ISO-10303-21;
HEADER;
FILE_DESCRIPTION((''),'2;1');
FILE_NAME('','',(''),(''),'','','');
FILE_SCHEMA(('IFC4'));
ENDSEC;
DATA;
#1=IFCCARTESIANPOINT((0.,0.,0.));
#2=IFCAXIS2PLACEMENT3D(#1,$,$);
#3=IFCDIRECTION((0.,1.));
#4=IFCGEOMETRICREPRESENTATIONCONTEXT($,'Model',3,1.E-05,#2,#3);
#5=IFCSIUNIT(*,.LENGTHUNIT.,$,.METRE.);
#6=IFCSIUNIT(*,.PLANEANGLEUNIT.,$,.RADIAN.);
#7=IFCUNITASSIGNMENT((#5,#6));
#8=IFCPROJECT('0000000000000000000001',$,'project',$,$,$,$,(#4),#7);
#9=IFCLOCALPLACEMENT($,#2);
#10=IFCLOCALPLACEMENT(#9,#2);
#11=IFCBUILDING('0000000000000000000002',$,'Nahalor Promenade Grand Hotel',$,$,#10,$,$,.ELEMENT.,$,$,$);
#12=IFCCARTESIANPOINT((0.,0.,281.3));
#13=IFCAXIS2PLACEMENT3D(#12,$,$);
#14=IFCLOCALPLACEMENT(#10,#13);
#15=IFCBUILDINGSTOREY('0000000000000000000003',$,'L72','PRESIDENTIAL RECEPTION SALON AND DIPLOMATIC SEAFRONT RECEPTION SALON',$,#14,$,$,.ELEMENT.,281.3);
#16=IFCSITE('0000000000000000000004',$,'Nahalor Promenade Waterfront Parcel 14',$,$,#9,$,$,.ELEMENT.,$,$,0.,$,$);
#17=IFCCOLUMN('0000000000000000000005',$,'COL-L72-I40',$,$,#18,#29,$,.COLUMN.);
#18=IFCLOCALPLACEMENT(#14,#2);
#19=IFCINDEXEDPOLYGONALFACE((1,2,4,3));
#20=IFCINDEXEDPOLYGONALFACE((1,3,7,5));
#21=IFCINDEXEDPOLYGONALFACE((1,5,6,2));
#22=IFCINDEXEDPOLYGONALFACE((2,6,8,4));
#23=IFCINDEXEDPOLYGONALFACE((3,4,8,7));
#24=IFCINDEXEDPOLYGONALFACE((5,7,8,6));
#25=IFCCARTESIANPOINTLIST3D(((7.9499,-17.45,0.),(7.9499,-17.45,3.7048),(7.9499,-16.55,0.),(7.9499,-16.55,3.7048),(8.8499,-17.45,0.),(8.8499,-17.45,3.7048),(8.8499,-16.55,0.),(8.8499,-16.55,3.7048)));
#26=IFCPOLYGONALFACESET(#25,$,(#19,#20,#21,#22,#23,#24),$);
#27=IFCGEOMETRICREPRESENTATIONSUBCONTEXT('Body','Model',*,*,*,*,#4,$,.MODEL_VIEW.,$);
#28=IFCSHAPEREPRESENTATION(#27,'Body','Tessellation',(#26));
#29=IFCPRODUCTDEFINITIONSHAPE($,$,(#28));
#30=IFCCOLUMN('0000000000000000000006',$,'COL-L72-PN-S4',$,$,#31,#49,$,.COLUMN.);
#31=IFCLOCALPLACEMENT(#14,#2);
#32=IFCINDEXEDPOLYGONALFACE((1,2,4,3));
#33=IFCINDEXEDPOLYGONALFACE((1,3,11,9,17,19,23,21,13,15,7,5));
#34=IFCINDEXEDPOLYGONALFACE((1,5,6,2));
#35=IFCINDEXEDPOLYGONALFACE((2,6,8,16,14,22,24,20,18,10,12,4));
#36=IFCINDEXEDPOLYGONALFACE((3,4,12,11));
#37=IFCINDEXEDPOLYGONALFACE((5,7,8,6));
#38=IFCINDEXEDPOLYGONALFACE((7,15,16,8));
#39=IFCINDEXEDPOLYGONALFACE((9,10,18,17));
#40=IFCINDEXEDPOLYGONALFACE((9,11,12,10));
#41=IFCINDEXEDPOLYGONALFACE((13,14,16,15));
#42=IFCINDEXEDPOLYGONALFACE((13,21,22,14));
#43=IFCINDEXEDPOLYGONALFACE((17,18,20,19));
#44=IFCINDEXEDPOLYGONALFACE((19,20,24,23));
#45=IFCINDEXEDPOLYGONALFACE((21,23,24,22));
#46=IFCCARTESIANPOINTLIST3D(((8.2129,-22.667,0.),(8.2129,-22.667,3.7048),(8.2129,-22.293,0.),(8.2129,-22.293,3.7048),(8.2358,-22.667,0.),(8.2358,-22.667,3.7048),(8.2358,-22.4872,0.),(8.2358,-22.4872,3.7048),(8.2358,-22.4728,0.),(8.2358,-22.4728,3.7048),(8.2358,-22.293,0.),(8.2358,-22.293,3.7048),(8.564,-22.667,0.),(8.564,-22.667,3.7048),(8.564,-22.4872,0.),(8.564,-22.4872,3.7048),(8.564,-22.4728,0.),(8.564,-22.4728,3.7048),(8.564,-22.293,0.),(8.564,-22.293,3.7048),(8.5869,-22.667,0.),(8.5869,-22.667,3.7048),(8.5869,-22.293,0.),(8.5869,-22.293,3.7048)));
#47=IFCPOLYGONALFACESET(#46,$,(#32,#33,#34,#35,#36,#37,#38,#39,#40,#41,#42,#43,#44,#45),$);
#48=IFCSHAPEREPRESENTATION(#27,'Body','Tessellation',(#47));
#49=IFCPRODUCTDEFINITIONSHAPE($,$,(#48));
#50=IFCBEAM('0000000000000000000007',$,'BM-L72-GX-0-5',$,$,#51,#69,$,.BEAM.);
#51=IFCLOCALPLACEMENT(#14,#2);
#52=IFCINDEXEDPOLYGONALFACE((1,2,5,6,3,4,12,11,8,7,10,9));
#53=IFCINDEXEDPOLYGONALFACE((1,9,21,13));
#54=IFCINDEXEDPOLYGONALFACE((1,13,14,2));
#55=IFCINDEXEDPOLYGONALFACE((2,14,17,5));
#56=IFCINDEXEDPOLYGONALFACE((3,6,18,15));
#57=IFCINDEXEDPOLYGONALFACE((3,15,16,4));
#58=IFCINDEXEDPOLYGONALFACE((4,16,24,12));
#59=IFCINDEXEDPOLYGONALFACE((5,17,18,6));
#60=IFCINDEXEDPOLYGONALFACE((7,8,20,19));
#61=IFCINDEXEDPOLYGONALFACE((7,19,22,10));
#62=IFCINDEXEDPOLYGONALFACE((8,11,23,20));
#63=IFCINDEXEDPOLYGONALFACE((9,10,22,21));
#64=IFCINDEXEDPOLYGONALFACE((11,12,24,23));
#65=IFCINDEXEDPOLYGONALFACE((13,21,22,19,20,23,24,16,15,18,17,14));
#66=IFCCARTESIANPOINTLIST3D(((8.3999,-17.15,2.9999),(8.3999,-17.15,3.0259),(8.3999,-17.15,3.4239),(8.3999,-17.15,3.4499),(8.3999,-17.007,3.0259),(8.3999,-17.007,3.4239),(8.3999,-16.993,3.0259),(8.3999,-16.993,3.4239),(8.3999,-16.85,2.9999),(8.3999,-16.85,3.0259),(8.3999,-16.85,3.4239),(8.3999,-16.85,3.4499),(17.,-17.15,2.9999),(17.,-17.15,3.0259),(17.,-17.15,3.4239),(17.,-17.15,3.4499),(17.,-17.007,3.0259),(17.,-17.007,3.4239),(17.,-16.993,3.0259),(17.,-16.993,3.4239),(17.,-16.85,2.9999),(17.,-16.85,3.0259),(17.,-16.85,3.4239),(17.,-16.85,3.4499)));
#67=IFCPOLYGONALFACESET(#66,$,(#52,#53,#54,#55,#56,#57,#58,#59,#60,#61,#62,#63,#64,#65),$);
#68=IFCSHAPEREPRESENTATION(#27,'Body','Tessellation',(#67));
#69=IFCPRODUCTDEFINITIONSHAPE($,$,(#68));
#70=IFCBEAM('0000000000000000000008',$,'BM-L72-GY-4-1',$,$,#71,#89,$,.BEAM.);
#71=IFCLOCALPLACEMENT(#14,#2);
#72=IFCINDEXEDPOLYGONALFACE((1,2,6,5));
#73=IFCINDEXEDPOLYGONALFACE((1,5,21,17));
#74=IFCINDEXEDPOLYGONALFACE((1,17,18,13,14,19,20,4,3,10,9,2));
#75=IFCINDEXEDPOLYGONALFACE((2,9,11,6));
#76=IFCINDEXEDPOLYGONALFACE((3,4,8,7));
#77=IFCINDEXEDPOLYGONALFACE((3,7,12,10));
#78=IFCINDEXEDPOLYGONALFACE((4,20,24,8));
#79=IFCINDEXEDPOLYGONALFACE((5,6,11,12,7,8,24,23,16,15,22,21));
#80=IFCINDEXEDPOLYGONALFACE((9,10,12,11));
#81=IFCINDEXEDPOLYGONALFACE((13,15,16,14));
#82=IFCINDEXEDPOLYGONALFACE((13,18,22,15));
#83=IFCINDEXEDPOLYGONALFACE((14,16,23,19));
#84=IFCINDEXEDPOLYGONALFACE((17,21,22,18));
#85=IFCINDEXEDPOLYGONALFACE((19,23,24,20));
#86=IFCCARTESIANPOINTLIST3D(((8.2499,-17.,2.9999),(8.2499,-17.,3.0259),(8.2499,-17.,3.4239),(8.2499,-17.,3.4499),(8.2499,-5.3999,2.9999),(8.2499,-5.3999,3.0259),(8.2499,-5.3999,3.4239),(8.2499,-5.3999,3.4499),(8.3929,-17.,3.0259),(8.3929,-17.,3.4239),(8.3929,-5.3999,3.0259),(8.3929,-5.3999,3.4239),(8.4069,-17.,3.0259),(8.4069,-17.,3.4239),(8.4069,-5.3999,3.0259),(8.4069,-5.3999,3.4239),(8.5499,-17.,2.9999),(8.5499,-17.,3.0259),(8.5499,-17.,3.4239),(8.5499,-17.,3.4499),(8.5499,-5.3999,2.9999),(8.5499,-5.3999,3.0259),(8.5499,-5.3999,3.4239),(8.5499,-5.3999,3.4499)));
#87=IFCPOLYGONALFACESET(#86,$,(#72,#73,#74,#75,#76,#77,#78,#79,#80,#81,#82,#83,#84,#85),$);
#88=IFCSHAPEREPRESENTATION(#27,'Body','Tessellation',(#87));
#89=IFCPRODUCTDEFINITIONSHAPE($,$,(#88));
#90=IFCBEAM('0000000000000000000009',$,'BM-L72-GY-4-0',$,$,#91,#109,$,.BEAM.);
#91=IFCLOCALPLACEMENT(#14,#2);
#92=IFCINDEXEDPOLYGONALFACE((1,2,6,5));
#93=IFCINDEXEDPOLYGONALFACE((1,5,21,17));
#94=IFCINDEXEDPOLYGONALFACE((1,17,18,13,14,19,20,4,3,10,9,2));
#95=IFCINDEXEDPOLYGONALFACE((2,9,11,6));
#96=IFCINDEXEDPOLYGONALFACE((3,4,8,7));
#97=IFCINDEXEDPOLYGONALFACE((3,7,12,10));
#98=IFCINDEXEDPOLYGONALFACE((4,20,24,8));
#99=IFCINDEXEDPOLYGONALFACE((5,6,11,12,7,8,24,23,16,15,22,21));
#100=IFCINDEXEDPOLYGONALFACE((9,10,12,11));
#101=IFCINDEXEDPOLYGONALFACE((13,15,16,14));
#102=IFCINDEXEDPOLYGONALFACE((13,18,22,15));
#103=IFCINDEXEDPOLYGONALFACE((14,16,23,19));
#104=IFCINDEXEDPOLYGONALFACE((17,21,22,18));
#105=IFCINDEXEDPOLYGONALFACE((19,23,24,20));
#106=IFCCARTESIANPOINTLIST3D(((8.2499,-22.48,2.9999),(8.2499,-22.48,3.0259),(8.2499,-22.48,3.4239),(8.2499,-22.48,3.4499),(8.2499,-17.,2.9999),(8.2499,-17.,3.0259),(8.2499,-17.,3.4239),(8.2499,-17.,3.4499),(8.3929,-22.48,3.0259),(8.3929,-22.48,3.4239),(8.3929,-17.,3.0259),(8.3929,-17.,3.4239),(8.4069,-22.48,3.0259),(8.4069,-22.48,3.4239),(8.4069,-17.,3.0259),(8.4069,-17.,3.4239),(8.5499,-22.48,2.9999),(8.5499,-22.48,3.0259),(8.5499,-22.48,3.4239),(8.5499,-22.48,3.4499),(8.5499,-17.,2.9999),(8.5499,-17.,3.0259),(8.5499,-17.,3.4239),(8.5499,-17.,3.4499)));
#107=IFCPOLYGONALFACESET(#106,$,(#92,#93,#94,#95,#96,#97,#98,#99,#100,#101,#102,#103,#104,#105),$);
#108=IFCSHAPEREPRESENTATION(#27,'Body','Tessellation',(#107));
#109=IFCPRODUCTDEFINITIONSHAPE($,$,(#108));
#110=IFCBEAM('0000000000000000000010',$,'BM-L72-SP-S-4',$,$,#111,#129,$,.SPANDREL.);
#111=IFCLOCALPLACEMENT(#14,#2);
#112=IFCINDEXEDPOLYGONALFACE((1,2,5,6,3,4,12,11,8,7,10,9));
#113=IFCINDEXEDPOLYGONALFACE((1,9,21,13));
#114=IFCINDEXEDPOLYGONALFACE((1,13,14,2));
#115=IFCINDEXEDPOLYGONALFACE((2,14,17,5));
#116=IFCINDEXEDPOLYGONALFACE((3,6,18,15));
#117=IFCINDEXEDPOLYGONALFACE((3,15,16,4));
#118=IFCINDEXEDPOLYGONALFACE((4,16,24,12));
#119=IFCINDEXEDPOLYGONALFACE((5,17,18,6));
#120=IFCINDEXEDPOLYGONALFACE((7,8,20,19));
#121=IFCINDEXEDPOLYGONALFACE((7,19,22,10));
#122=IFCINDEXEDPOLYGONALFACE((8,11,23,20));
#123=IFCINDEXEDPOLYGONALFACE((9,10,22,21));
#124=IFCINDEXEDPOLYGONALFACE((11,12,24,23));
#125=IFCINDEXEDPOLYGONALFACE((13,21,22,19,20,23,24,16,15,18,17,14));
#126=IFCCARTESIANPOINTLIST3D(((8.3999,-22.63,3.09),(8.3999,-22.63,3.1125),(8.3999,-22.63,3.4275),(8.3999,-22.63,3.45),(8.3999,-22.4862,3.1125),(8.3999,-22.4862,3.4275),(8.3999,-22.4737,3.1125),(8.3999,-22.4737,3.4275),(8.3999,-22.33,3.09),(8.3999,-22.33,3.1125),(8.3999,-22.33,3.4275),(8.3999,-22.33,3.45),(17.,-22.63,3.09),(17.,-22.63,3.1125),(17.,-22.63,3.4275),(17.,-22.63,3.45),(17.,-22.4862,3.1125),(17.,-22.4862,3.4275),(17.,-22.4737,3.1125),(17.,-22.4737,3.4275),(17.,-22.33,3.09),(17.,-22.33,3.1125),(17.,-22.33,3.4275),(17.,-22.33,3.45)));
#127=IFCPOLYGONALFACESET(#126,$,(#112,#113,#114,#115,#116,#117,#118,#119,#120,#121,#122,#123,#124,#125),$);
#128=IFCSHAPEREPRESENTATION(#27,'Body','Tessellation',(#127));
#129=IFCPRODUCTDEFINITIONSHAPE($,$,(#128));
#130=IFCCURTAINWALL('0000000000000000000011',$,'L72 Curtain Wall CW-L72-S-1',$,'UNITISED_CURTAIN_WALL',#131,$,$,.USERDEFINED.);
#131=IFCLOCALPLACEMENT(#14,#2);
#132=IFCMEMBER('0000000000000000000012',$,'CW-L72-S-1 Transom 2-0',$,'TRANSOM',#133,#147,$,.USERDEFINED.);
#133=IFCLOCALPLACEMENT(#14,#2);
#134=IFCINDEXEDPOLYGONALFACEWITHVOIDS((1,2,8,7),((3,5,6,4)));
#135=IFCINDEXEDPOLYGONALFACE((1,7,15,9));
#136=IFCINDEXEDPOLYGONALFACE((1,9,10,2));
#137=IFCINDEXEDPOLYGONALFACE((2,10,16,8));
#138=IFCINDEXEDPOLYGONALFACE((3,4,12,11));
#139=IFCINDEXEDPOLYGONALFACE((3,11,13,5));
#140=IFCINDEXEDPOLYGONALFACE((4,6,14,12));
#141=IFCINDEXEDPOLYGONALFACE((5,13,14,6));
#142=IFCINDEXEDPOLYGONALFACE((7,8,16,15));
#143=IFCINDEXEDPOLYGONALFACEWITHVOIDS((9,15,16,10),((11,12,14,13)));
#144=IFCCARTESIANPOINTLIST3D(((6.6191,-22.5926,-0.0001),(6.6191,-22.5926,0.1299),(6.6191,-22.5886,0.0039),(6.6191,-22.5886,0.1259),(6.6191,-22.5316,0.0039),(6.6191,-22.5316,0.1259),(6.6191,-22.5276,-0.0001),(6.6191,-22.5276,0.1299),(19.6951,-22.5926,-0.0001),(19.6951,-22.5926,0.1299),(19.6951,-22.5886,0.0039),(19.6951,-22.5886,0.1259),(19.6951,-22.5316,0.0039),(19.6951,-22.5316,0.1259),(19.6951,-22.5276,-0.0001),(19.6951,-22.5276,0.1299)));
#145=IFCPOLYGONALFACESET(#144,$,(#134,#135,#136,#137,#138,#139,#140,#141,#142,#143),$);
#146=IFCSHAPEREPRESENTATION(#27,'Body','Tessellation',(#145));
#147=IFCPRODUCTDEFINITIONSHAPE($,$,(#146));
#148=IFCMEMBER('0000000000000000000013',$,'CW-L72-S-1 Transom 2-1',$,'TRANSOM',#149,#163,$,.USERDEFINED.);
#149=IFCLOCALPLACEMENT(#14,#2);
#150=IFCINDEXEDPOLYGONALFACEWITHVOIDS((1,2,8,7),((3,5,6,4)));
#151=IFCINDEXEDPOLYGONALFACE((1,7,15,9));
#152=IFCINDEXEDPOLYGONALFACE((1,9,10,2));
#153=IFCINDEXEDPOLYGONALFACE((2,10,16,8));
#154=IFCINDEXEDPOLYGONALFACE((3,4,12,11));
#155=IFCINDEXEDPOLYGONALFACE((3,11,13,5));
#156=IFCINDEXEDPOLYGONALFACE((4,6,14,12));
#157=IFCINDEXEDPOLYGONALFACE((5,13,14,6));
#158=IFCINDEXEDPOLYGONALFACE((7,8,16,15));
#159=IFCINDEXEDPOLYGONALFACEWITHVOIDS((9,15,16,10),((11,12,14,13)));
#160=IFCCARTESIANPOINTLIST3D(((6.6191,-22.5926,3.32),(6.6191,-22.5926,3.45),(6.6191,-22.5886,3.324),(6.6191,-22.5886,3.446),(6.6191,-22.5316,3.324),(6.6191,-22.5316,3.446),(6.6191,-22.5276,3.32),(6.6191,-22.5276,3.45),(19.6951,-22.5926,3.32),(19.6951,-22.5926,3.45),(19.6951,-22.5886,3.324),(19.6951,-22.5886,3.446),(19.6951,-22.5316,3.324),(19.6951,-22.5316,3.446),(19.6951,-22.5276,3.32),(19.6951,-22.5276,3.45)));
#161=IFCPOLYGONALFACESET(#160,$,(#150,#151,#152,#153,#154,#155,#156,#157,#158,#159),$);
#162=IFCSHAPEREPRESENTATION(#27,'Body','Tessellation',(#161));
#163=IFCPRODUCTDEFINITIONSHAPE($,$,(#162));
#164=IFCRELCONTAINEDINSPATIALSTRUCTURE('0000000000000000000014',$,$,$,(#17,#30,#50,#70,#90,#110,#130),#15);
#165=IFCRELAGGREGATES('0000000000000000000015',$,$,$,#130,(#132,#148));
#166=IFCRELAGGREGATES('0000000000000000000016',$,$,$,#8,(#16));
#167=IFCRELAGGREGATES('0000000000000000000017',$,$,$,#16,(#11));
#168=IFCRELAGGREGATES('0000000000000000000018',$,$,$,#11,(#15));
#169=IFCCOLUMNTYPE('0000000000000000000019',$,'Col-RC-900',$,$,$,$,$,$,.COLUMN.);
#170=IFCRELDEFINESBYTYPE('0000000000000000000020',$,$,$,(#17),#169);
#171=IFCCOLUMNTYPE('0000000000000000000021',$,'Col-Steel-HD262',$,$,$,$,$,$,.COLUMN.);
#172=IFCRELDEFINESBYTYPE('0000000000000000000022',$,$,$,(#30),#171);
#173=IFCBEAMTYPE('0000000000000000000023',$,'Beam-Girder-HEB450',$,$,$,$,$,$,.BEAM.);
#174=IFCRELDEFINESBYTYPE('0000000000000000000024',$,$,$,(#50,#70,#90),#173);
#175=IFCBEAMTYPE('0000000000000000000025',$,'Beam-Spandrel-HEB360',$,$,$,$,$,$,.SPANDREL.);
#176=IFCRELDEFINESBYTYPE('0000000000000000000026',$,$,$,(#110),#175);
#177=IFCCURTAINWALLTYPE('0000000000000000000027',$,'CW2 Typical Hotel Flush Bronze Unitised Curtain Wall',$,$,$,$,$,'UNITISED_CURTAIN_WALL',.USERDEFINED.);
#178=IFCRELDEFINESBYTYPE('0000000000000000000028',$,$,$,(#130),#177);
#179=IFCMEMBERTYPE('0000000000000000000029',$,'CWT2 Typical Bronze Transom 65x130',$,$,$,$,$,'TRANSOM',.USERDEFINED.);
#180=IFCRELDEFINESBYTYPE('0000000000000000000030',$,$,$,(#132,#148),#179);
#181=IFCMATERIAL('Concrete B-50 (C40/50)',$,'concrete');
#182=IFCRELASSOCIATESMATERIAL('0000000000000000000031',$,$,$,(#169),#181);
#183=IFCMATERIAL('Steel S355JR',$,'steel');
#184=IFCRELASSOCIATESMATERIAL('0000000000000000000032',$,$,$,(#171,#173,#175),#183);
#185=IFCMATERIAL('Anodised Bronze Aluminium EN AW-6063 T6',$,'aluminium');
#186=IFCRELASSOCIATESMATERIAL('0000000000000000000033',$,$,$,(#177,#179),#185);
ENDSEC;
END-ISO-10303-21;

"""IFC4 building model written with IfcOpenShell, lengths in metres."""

from ifc_helpers import new_model, si_unit, direction, frame, origin, origin_2d, place, context, subcontext, project, spatial, rectangle, hollow_rectangle, i_section, extrude, source, transform, mapped, material, material_profile, profile_set, type_object, element, aggregate, save


model = new_model("IFC4")

# Units and contexts
model_context = context("Model", 3, precision=1e-05, world=origin(), true_north=direction((0.0, 1.0)))
body_context = subcontext(model_context, "Body", "Model", "MODEL_VIEW")
ifc_project = project(units=[si_unit("LENGTHUNIT", "METRE"), si_unit("PLANEANGLEUNIT", "RADIAN")], contexts=[model_context])

# Site, building, storey
site_placement = place(None, origin())
site = spatial("IfcSite", under=ifc_project, at=site_placement, Name="Nahalor Promenade Waterfront Parcel 14", CompositionType="ELEMENT", RefElevation=0.0)
building_placement = place(site_placement, origin())
building = spatial("IfcBuilding", under=site, at=building_placement, Name="Nahalor Promenade Grand Hotel", CompositionType="ELEMENT")
storey_placement = place(building_placement, frame((0.0, 0.0, 281.3)))
storey = spatial("IfcBuildingStorey", under=building, at=storey_placement, Name="L72", Description="PRESIDENTIAL RECEPTION SALON AND DIPLOMATIC SEAFRONT RECEPTION SALON", CompositionType="ELEMENT", Elevation=281.3)

# Columns
ifc_material_1 = material(Name="Concrete B-50 (C40/50)", Category="concrete")
ifc_material_profile_1 = material_profile(ifc_material_1, rectangle(XDim=0.9, YDim=0.9, at=origin_2d()), Name="RC 900x900")
ifc_profile_set_1 = profile_set([ifc_material_profile_1], Name="Concrete B-50 (C40/50)")
column_type_1 = type_object("IfcColumnType", Name="Col-RC-900", PredefinedType="COLUMN", material=ifc_profile_set_1)
shared_shape_1 = source(origin(), body_context, "Body", "SweptSolid", [
    extrude(rectangle(XDim=0.9, YDim=0.9, at=origin_2d()), origin(), (0.0, 0.0, 1.0), 3.7048),
])
column_1_placement = place(storey_placement, frame((8.3999, -17.0, 0.0), z_axis=(0.0, 0.0, 1.0), x_axis=(1.0, 0.0, 0.0)))
element("IfcColumn", 1, at=column_1_placement, inside=storey, type_object=column_type_1, Name="COL-L72-I40", PredefinedType="COLUMN", context=body_context, shape_type="MappedRepresentation", body=[
    mapped(shared_shape_1, transform((0.0, 0.0, 0.0), scale=1.0)),
])
ifc_material_2 = material(Name="Steel S355JR", Category="steel")
ifc_material_profile_2 = material_profile(ifc_material_2, i_section(OverallWidth=0.374, OverallDepth=0.374, WebThickness=0.0144, FlangeThickness=0.0229, at=origin_2d()), Name="HD 360x262")
ifc_profile_set_2 = profile_set([ifc_material_profile_2], Name="Steel S355JR")
column_type_2 = type_object("IfcColumnType", Name="Col-Steel-HD262", PredefinedType="COLUMN", material=ifc_profile_set_2)
shared_shape_2 = source(origin(), body_context, "Body", "SweptSolid", [
    extrude(i_section(OverallWidth=0.374, OverallDepth=0.374, WebThickness=0.0144, FlangeThickness=0.0229, at=origin_2d()), origin(), (0.0, 0.0, 1.0), 3.7048),
])
column_2_placement = place(storey_placement, frame((8.3999, -22.48, 0.0), z_axis=(0.0, 0.0, 1.0), x_axis=(0.0, 1.0, 0.0)))
element("IfcColumn", 2, at=column_2_placement, inside=storey, type_object=column_type_2, Name="COL-L72-PN-S4", PredefinedType="COLUMN", context=body_context, shape_type="MappedRepresentation", body=[
    mapped(shared_shape_2, transform((0.0, 0.0, 0.0), scale=1.0)),
])

# Beams
ifc_material_profile_3 = material_profile(ifc_material_2, i_section(OverallWidth=0.3, OverallDepth=0.45, WebThickness=0.014, FlangeThickness=0.026, at=origin_2d()), Name="HEB 450")
ifc_profile_set_3 = profile_set([ifc_material_profile_3], Name="Steel S355JR")
beam_type_1 = type_object("IfcBeamType", Name="Beam-Girder-HEB450", PredefinedType="BEAM", material=ifc_profile_set_3)
shared_shape_3 = source(origin(), body_context, "Body", "SweptSolid", [
    extrude(i_section(OverallWidth=0.3, OverallDepth=0.45, WebThickness=0.014, FlangeThickness=0.026, at=origin_2d()), origin(), (0.0, 0.0, 1.0), 8.6001),
])
beam_1_placement = place(storey_placement, frame((8.3999, -17.0, 3.2249), z_axis=(1.0, 0.0, 0.0), x_axis=(0.0, 1.0, 0.0)))
element("IfcBeam", 3, at=beam_1_placement, inside=storey, type_object=beam_type_1, Name="BM-L72-GX-0-5", PredefinedType="BEAM", context=body_context, shape_type="MappedRepresentation", body=[
    mapped(shared_shape_3, transform((0.0, 0.0, 0.0), scale=1.0)),
])
shared_shape_4 = source(origin(), body_context, "Body", "SweptSolid", [
    extrude(i_section(OverallWidth=0.3, OverallDepth=0.45, WebThickness=0.014, FlangeThickness=0.026, at=origin_2d()), origin(), (0.0, 0.0, 1.0), 11.6001),
])
beam_2_placement = place(storey_placement, frame((8.3999, -17.0, 3.2249), z_axis=(0.0, 1.0, 0.0), x_axis=(-1.0, 0.0, 0.0)))
element("IfcBeam", 4, at=beam_2_placement, inside=storey, type_object=beam_type_1, Name="BM-L72-GY-4-1", PredefinedType="BEAM", context=body_context, shape_type="MappedRepresentation", body=[
    mapped(shared_shape_4, transform((0.0, 0.0, 0.0), scale=1.0)),
])
shared_shape_5 = source(origin(), body_context, "Body", "SweptSolid", [
    extrude(i_section(OverallWidth=0.3, OverallDepth=0.45, WebThickness=0.014, FlangeThickness=0.026, at=origin_2d()), origin(), (0.0, 0.0, 1.0), 5.48),
])
beam_3_placement = place(storey_placement, frame((8.3999, -22.48, 3.2249), z_axis=(0.0, 1.0, 0.0), x_axis=(-1.0, 0.0, 0.0)))
element("IfcBeam", 5, at=beam_3_placement, inside=storey, type_object=beam_type_1, Name="BM-L72-GY-4-0", PredefinedType="BEAM", context=body_context, shape_type="MappedRepresentation", body=[
    mapped(shared_shape_5, transform((0.0, 0.0, 0.0), scale=1.0)),
])
ifc_material_profile_4 = material_profile(ifc_material_2, i_section(OverallWidth=0.3, OverallDepth=0.36, WebThickness=0.0125, FlangeThickness=0.0225, at=origin_2d()), Name="HEB 360")
ifc_profile_set_4 = profile_set([ifc_material_profile_4], Name="Steel S355JR")
beam_type_2 = type_object("IfcBeamType", Name="Beam-Spandrel-HEB360", PredefinedType="SPANDREL", material=ifc_profile_set_4)
shared_shape_6 = source(origin(), body_context, "Body", "SweptSolid", [
    extrude(i_section(OverallWidth=0.3, OverallDepth=0.36, WebThickness=0.0125, FlangeThickness=0.0225, at=origin_2d()), origin(), (0.0, 0.0, 1.0), 8.6001),
])
beam_4_placement = place(storey_placement, frame((8.3999, -22.48, 3.27), z_axis=(1.0, 0.0, 0.0), x_axis=(0.0, 1.0, 0.0)))
element("IfcBeam", 6, at=beam_4_placement, inside=storey, type_object=beam_type_2, Name="BM-L72-SP-S-4", PredefinedType="SPANDREL", context=body_context, shape_type="MappedRepresentation", body=[
    mapped(shared_shape_6, transform((0.0, 0.0, 0.0), scale=1.0)),
])

# Curtain wall, members
ifc_material_3 = material(Name="Anodised Bronze Aluminium EN AW-6063 T6", Category="aluminium")
curtain_wall_type = type_object("IfcCurtainWallType", Name="CW2 Typical Hotel Flush Bronze Unitised Curtain Wall", ElementType="UNITISED_CURTAIN_WALL", PredefinedType="USERDEFINED", material=ifc_material_3)
curtain_wall_placement = place(storey_placement, origin())
curtain_wall = element("IfcCurtainWall", 7, at=curtain_wall_placement, inside=storey, type_object=curtain_wall_type, Name="L72 Curtain Wall CW-L72-S-1", ObjectType="UNITISED_CURTAIN_WALL", PredefinedType="USERDEFINED")
ifc_material_profile_5 = material_profile(ifc_material_3, hollow_rectangle(XDim=0.065, YDim=0.13, WallThickness=0.004, at=origin_2d()), Name="CWT 65x130x4")
ifc_profile_set_5 = profile_set([ifc_material_profile_5], Name="Anodised Bronze Aluminium EN AW-6063 T6")
member_type_1 = type_object("IfcMemberType", Name="CWT2 Typical Bronze Transom 65x130", ElementType="TRANSOM", PredefinedType="USERDEFINED", material=ifc_profile_set_5)
shared_shape_7 = source(origin(), body_context, "Body", "SweptSolid", [
    extrude(hollow_rectangle(XDim=0.065, YDim=0.13, WallThickness=0.004, at=origin_2d()), origin(), (0.0, 0.0, 1.0), 13.0759),
])
member_1_placement = place(storey_placement, frame((6.6191, -22.5601, 0.0649), z_axis=(1.0, 0.0, 0.0), x_axis=(0.0, 1.0, 0.0)))
member_1 = element("IfcMember", 8, at=member_1_placement, type_object=member_type_1, Name="CW-L72-S-1 Transom 2-0", ObjectType="TRANSOM", PredefinedType="USERDEFINED", context=body_context, shape_type="MappedRepresentation", body=[
    mapped(shared_shape_7, transform((0.0, 0.0, 0.0), scale=1.0)),
])
member_2_placement = place(storey_placement, frame((6.6191, -22.5601, 3.385), z_axis=(1.0, 0.0, 0.0), x_axis=(0.0, 1.0, 0.0)))
member_2 = element("IfcMember", 9, at=member_2_placement, type_object=member_type_1, Name="CW-L72-S-1 Transom 2-1", ObjectType="TRANSOM", PredefinedType="USERDEFINED", context=body_context, shape_type="MappedRepresentation", body=[
    mapped(shared_shape_7, transform((0.0, 0.0, 0.0), scale=1.0)),
])
aggregate(curtain_wall, [member_1, member_2])

save(model, "model.ifc")
